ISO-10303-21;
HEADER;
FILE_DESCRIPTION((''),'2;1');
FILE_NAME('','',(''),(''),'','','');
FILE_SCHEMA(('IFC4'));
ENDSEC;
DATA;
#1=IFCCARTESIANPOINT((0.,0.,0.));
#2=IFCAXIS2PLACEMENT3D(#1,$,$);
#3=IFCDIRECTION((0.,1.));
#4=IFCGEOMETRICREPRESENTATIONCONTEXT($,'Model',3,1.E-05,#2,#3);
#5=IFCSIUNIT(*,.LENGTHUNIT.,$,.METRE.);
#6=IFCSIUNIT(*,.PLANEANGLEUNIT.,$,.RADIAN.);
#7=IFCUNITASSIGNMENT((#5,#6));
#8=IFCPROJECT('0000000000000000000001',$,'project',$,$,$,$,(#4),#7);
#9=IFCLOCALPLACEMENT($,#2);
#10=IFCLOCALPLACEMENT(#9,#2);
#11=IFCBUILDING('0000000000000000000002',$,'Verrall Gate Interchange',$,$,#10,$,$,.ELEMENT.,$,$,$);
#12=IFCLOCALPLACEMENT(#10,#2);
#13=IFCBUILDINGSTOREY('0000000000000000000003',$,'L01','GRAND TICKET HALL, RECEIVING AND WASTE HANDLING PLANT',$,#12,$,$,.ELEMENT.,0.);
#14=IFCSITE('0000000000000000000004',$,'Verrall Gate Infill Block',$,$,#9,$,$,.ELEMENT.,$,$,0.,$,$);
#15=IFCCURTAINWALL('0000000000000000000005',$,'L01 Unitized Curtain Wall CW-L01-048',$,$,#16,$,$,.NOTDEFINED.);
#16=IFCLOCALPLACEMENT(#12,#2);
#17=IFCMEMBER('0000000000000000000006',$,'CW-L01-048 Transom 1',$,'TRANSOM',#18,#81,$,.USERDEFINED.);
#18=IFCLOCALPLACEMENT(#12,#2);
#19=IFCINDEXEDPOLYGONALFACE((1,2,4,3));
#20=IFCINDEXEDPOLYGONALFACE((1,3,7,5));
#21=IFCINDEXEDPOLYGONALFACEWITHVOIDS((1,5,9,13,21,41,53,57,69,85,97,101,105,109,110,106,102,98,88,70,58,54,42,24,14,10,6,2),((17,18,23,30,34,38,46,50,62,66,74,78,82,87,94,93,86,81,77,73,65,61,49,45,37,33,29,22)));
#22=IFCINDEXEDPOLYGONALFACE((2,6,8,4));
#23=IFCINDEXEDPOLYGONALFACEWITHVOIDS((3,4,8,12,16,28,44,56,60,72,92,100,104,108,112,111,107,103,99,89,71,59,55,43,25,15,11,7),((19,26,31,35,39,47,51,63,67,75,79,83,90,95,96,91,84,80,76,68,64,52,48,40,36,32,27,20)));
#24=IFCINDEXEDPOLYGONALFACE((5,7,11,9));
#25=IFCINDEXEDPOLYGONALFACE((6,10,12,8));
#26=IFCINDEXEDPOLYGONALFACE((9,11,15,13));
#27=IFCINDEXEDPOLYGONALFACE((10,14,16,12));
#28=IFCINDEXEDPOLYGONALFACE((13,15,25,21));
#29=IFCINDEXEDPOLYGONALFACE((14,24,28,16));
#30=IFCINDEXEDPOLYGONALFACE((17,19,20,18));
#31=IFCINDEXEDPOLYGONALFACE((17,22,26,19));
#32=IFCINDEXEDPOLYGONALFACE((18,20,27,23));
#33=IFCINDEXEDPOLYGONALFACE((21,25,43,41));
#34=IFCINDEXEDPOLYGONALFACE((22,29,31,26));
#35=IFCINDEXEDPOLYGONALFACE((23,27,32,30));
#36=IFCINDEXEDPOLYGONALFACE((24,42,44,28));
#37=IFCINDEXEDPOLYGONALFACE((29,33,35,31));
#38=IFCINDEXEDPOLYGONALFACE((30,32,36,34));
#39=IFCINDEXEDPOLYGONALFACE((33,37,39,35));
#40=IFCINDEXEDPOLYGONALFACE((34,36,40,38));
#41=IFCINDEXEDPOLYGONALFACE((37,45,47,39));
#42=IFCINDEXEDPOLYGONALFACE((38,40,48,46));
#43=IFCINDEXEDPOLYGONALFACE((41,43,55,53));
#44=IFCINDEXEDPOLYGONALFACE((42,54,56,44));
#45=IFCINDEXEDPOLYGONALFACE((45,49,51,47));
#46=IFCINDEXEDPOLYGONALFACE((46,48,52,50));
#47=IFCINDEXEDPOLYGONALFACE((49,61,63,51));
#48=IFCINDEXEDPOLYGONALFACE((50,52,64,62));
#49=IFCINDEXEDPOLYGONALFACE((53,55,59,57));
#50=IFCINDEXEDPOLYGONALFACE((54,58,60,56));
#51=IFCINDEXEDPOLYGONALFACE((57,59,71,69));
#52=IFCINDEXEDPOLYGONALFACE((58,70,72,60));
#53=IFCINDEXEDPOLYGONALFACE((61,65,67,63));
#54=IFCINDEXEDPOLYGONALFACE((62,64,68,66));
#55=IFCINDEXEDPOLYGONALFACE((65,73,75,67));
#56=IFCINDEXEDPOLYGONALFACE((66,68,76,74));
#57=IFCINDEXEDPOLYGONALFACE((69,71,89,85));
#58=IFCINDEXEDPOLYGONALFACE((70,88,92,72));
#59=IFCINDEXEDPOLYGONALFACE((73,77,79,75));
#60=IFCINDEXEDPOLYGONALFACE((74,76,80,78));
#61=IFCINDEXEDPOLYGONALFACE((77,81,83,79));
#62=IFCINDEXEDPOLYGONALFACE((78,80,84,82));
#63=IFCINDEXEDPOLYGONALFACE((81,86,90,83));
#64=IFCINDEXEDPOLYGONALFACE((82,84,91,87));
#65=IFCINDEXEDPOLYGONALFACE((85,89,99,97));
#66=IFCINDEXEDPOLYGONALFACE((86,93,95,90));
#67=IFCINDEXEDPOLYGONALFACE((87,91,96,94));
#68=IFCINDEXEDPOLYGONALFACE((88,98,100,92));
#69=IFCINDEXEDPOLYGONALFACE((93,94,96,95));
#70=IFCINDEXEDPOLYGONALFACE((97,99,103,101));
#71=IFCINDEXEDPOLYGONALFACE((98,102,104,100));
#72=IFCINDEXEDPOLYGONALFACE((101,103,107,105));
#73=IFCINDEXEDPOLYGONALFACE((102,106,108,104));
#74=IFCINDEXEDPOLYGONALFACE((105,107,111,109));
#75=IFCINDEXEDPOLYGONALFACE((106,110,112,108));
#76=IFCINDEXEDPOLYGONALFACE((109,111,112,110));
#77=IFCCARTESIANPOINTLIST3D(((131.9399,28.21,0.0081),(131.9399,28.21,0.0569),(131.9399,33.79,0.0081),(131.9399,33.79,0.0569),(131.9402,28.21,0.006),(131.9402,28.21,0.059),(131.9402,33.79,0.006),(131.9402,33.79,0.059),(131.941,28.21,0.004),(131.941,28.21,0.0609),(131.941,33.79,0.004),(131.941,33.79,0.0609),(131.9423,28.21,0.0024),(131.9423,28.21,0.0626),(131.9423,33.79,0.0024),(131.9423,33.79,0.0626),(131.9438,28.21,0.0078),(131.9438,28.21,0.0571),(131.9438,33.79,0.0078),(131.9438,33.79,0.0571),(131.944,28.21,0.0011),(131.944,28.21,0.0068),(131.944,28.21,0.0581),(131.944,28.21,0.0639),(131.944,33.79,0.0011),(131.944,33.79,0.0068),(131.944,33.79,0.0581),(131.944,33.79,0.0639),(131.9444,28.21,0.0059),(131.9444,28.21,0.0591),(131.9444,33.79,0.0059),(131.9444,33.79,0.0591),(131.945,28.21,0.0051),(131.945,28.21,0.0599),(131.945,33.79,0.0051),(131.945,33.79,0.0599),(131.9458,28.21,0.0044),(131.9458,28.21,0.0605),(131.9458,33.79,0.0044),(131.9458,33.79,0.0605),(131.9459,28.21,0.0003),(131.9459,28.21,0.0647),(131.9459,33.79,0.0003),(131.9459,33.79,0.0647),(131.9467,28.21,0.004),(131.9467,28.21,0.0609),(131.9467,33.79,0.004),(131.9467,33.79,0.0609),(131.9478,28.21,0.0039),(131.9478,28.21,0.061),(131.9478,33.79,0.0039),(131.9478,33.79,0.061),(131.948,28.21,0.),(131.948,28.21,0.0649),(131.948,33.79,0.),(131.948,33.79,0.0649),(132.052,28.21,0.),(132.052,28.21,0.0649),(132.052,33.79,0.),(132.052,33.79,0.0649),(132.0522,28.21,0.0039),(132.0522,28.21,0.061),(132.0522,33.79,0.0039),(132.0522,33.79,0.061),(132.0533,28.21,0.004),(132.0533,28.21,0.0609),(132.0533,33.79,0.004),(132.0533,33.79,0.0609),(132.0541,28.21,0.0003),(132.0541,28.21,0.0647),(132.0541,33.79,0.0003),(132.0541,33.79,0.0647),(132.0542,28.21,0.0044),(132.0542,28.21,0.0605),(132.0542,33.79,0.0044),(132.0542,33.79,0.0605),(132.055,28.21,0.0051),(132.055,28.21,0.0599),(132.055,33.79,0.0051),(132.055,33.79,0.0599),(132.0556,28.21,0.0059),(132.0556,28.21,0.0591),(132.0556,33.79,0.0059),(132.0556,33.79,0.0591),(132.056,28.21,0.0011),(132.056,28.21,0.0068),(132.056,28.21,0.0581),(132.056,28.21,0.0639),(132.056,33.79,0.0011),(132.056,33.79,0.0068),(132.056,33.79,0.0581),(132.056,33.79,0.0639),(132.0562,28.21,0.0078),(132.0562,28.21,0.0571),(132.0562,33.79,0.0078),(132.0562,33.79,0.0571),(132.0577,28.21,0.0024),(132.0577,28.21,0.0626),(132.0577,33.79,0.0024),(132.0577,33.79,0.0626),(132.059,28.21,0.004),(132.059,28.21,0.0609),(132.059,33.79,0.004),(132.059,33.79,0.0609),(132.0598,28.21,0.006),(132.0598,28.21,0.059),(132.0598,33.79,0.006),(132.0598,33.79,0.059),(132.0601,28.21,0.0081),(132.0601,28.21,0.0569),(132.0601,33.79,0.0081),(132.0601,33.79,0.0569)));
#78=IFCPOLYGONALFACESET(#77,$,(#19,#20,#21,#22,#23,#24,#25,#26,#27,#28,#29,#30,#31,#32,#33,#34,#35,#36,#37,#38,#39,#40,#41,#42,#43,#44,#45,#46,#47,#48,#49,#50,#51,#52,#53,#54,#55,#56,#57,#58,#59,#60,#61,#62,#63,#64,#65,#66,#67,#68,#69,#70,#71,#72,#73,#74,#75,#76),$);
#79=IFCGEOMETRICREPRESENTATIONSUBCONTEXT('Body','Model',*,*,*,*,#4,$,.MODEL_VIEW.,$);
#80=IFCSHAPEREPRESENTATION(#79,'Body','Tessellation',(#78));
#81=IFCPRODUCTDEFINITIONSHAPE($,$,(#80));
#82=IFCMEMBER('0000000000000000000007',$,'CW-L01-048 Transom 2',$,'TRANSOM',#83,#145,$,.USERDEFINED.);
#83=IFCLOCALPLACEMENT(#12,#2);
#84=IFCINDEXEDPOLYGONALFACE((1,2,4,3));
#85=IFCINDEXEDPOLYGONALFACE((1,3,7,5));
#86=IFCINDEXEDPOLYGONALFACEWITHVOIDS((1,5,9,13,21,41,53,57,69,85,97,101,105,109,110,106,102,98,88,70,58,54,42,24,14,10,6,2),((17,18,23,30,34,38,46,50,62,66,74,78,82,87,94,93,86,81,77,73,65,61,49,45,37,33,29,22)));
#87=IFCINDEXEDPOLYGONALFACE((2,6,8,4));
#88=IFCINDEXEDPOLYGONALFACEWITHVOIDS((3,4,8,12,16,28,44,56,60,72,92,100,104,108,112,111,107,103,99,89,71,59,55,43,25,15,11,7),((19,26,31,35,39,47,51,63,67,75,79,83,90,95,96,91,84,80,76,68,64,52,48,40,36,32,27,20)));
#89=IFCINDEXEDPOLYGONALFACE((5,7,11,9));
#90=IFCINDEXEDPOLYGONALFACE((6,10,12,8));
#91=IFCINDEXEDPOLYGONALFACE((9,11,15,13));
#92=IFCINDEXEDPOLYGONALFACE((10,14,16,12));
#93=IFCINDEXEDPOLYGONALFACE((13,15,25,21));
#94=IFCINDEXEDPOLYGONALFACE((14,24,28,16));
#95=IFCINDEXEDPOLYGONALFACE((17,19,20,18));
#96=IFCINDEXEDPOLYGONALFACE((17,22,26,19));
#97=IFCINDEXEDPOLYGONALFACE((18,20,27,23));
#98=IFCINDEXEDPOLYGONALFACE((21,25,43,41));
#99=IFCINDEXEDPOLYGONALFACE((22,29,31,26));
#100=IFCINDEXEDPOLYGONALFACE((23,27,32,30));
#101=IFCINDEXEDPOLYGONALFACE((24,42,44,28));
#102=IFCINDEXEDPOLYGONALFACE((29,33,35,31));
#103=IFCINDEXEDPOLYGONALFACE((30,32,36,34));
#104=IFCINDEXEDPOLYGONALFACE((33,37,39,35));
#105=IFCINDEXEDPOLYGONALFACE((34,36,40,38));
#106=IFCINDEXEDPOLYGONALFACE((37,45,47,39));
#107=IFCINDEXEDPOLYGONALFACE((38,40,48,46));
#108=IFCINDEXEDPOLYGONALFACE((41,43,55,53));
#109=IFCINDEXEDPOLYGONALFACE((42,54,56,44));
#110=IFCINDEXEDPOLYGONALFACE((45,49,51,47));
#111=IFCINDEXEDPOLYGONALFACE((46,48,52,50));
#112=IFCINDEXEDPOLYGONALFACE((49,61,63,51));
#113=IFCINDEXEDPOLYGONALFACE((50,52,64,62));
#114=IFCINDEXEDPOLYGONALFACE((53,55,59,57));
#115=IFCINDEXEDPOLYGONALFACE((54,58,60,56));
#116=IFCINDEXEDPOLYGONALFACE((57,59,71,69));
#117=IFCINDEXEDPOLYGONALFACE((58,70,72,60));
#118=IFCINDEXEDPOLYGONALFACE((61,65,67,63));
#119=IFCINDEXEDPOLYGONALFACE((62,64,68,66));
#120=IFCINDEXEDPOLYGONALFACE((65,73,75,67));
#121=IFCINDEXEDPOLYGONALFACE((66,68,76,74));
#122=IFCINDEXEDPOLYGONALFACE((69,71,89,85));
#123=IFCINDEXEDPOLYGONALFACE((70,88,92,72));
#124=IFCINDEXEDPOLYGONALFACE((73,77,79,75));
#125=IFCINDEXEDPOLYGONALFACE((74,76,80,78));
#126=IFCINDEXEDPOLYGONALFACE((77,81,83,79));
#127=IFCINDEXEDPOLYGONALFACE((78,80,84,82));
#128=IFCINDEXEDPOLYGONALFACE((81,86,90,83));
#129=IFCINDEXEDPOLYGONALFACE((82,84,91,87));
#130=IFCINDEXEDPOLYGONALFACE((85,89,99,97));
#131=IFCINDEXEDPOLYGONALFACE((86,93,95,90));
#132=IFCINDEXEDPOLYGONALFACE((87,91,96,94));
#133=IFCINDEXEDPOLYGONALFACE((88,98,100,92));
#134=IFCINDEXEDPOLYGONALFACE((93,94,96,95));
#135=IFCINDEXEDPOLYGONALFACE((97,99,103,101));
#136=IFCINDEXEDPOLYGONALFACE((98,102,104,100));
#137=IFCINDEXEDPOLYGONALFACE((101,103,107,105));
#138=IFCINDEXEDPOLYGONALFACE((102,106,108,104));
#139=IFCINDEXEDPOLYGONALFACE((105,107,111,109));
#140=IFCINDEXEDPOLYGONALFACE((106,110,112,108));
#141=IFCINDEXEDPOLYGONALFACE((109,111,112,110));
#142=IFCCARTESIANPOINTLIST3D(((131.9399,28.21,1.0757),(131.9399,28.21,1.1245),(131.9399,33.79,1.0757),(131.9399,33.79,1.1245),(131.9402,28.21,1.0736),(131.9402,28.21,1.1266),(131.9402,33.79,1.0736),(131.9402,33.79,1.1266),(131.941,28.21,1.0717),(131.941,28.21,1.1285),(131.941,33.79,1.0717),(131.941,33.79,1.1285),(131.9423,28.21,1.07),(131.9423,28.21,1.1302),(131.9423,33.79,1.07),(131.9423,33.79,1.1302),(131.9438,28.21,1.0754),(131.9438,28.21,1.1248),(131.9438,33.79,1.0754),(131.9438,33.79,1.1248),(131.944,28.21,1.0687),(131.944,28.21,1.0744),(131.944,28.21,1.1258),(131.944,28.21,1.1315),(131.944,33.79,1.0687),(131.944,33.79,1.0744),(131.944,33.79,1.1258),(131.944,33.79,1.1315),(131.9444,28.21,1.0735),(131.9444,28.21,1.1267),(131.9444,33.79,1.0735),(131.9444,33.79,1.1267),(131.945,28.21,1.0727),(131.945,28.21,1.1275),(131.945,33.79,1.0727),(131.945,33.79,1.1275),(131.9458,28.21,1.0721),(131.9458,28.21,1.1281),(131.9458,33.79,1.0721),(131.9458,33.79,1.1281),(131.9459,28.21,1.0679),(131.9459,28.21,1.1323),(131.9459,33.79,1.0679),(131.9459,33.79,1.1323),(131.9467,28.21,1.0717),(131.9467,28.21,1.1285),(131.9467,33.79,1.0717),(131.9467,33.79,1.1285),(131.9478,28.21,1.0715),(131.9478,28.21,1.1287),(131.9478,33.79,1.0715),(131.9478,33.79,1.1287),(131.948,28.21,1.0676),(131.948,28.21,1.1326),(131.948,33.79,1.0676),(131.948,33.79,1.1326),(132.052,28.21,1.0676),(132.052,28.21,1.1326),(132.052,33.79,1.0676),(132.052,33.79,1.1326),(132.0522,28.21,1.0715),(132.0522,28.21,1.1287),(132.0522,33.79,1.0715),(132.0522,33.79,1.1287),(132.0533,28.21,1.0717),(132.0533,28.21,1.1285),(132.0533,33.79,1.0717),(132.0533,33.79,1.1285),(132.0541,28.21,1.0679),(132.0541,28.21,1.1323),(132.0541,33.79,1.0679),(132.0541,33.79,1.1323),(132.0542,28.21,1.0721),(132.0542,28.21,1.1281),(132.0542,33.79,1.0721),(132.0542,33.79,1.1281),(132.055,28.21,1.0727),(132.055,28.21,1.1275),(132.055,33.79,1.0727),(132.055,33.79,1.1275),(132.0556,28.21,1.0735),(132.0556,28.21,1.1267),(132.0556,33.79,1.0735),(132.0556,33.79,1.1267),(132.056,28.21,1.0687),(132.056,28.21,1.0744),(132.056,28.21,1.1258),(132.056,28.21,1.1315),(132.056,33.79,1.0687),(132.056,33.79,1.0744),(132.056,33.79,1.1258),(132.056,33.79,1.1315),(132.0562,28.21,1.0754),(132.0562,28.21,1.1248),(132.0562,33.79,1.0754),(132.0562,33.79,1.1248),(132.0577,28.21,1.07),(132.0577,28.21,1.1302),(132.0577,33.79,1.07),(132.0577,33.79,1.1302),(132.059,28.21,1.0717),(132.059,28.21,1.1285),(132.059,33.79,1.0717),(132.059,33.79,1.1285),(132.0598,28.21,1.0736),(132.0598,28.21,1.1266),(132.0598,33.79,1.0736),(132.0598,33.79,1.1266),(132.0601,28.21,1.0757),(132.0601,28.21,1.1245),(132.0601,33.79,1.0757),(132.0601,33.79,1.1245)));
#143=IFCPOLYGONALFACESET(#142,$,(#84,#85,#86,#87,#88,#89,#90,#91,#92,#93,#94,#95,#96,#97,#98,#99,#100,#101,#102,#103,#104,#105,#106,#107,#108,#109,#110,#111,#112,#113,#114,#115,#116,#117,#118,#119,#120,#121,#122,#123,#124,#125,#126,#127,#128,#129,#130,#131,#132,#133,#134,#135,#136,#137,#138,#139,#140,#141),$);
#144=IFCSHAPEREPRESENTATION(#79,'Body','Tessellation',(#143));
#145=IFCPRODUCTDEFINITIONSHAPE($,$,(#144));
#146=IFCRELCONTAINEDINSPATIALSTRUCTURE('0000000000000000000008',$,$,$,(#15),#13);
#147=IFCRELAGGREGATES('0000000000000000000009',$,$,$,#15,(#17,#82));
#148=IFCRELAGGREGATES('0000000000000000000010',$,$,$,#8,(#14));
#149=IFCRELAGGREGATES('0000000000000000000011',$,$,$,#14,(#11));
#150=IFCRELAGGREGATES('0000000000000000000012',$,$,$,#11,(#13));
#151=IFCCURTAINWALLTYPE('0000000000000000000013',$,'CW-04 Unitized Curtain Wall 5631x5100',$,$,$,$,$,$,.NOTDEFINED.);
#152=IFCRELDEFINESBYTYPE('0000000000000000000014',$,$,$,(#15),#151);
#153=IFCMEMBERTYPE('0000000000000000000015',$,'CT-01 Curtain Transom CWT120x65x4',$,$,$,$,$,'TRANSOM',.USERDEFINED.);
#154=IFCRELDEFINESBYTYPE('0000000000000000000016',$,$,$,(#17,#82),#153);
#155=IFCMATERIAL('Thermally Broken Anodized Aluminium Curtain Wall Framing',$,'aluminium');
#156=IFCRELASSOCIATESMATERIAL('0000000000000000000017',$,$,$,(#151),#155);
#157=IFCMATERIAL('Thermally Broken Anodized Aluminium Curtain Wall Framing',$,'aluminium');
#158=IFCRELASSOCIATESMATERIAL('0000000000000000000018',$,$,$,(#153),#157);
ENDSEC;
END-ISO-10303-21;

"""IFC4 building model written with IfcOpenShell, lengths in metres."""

from ifc_helpers import new_model, si_unit, direction, frame, origin, origin_2d, place, context, subcontext, project, spatial, hollow_rectangle, extrude, material, material_profile, profile_set, type_object, element, aggregate, save


model = new_model("IFC4")

# Units and contexts
model_context = context("Model", 3, precision=1e-05, world=origin(), true_north=direction((0.0, 1.0)))
body_context = subcontext(model_context, "Body", "Model", "MODEL_VIEW")
ifc_project = project(units=[si_unit("LENGTHUNIT", "METRE"), si_unit("PLANEANGLEUNIT", "RADIAN")], contexts=[model_context])

# Site, building, storey
site_placement = place(None, origin())
site = spatial("IfcSite", under=ifc_project, at=site_placement, Name="Verrall Gate Infill Block", CompositionType="ELEMENT", RefElevation=0.0)
building_placement = place(site_placement, origin())
building = spatial("IfcBuilding", under=site, at=building_placement, Name="Verrall Gate Interchange", CompositionType="ELEMENT")
storey_placement = place(building_placement, origin())
storey = spatial("IfcBuildingStorey", under=building, at=storey_placement, Name="L01", Description="GRAND TICKET HALL, RECEIVING AND WASTE HANDLING PLANT", CompositionType="ELEMENT", Elevation=0.0)

# Curtain wall, members
ifc_material_1 = material(Name="Thermally Broken Anodized Aluminium Curtain Wall Framing", Category="aluminium")
curtain_wall_type = type_object("IfcCurtainWallType", Name="CW-04 Unitized Curtain Wall 5631x5100", PredefinedType="NOTDEFINED", material=ifc_material_1)
curtain_wall_placement = place(storey_placement, origin())
curtain_wall = element("IfcCurtainWall", 1, at=curtain_wall_placement, inside=storey, type_object=curtain_wall_type, Name="L01 Unitized Curtain Wall CW-L01-048", PredefinedType="NOTDEFINED")
ifc_material_2 = material(Name="Thermally Broken Anodized Aluminium Curtain Wall Framing", Category="aluminium")
ifc_material_profile_1 = material_profile(ifc_material_2, hollow_rectangle(XDim=0.1201, YDim=0.0649, WallThickness=0.0039, InnerFilletRadius=0.0039, OuterFilletRadius=0.0081, at=origin_2d()), Name="CWT120x65x4")
ifc_profile_set_1 = profile_set([ifc_material_profile_1], Name="Thermally Broken Anodized Aluminium Curtain Wall Framing")
member_type_1 = type_object("IfcMemberType", Name="CT-01 Curtain Transom CWT120x65x4", ElementType="TRANSOM", PredefinedType="USERDEFINED", material=ifc_profile_set_1)
member_1_placement = place(storey_placement, frame((132.0, 33.79, 0.0325), z_axis=(0.0, -1.0, 0.0), x_axis=(1.0, 0.0, 0.0)))
member_1 = element("IfcMember", 2, at=member_1_placement, type_object=member_type_1, Name="CW-L01-048 Transom 1", ObjectType="TRANSOM", PredefinedType="USERDEFINED", context=body_context, shape_type="SweptSolid", body=[
    extrude(hollow_rectangle(XDim=0.1201, YDim=0.0649, WallThickness=0.0039, InnerFilletRadius=0.0039, OuterFilletRadius=0.0081, at=origin_2d()), origin(), (0.0, 0.0, 1.0), 5.5801),
])
member_2_placement = place(storey_placement, frame((132.0, 33.79, 1.1001), z_axis=(0.0, -1.0, 0.0), x_axis=(1.0, 0.0, 0.0)))
member_2 = element("IfcMember", 3, at=member_2_placement, type_object=member_type_1, Name="CW-L01-048 Transom 2", ObjectType="TRANSOM", PredefinedType="USERDEFINED", context=body_context, shape_type="SweptSolid", body=[
    extrude(hollow_rectangle(XDim=0.1201, YDim=0.0649, WallThickness=0.0039, InnerFilletRadius=0.0039, OuterFilletRadius=0.0081, at=origin_2d()), origin(), (0.0, 0.0, 1.0), 5.5801),
])
aggregate(curtain_wall, [member_1, member_2])

save(model, "model.ifc")
